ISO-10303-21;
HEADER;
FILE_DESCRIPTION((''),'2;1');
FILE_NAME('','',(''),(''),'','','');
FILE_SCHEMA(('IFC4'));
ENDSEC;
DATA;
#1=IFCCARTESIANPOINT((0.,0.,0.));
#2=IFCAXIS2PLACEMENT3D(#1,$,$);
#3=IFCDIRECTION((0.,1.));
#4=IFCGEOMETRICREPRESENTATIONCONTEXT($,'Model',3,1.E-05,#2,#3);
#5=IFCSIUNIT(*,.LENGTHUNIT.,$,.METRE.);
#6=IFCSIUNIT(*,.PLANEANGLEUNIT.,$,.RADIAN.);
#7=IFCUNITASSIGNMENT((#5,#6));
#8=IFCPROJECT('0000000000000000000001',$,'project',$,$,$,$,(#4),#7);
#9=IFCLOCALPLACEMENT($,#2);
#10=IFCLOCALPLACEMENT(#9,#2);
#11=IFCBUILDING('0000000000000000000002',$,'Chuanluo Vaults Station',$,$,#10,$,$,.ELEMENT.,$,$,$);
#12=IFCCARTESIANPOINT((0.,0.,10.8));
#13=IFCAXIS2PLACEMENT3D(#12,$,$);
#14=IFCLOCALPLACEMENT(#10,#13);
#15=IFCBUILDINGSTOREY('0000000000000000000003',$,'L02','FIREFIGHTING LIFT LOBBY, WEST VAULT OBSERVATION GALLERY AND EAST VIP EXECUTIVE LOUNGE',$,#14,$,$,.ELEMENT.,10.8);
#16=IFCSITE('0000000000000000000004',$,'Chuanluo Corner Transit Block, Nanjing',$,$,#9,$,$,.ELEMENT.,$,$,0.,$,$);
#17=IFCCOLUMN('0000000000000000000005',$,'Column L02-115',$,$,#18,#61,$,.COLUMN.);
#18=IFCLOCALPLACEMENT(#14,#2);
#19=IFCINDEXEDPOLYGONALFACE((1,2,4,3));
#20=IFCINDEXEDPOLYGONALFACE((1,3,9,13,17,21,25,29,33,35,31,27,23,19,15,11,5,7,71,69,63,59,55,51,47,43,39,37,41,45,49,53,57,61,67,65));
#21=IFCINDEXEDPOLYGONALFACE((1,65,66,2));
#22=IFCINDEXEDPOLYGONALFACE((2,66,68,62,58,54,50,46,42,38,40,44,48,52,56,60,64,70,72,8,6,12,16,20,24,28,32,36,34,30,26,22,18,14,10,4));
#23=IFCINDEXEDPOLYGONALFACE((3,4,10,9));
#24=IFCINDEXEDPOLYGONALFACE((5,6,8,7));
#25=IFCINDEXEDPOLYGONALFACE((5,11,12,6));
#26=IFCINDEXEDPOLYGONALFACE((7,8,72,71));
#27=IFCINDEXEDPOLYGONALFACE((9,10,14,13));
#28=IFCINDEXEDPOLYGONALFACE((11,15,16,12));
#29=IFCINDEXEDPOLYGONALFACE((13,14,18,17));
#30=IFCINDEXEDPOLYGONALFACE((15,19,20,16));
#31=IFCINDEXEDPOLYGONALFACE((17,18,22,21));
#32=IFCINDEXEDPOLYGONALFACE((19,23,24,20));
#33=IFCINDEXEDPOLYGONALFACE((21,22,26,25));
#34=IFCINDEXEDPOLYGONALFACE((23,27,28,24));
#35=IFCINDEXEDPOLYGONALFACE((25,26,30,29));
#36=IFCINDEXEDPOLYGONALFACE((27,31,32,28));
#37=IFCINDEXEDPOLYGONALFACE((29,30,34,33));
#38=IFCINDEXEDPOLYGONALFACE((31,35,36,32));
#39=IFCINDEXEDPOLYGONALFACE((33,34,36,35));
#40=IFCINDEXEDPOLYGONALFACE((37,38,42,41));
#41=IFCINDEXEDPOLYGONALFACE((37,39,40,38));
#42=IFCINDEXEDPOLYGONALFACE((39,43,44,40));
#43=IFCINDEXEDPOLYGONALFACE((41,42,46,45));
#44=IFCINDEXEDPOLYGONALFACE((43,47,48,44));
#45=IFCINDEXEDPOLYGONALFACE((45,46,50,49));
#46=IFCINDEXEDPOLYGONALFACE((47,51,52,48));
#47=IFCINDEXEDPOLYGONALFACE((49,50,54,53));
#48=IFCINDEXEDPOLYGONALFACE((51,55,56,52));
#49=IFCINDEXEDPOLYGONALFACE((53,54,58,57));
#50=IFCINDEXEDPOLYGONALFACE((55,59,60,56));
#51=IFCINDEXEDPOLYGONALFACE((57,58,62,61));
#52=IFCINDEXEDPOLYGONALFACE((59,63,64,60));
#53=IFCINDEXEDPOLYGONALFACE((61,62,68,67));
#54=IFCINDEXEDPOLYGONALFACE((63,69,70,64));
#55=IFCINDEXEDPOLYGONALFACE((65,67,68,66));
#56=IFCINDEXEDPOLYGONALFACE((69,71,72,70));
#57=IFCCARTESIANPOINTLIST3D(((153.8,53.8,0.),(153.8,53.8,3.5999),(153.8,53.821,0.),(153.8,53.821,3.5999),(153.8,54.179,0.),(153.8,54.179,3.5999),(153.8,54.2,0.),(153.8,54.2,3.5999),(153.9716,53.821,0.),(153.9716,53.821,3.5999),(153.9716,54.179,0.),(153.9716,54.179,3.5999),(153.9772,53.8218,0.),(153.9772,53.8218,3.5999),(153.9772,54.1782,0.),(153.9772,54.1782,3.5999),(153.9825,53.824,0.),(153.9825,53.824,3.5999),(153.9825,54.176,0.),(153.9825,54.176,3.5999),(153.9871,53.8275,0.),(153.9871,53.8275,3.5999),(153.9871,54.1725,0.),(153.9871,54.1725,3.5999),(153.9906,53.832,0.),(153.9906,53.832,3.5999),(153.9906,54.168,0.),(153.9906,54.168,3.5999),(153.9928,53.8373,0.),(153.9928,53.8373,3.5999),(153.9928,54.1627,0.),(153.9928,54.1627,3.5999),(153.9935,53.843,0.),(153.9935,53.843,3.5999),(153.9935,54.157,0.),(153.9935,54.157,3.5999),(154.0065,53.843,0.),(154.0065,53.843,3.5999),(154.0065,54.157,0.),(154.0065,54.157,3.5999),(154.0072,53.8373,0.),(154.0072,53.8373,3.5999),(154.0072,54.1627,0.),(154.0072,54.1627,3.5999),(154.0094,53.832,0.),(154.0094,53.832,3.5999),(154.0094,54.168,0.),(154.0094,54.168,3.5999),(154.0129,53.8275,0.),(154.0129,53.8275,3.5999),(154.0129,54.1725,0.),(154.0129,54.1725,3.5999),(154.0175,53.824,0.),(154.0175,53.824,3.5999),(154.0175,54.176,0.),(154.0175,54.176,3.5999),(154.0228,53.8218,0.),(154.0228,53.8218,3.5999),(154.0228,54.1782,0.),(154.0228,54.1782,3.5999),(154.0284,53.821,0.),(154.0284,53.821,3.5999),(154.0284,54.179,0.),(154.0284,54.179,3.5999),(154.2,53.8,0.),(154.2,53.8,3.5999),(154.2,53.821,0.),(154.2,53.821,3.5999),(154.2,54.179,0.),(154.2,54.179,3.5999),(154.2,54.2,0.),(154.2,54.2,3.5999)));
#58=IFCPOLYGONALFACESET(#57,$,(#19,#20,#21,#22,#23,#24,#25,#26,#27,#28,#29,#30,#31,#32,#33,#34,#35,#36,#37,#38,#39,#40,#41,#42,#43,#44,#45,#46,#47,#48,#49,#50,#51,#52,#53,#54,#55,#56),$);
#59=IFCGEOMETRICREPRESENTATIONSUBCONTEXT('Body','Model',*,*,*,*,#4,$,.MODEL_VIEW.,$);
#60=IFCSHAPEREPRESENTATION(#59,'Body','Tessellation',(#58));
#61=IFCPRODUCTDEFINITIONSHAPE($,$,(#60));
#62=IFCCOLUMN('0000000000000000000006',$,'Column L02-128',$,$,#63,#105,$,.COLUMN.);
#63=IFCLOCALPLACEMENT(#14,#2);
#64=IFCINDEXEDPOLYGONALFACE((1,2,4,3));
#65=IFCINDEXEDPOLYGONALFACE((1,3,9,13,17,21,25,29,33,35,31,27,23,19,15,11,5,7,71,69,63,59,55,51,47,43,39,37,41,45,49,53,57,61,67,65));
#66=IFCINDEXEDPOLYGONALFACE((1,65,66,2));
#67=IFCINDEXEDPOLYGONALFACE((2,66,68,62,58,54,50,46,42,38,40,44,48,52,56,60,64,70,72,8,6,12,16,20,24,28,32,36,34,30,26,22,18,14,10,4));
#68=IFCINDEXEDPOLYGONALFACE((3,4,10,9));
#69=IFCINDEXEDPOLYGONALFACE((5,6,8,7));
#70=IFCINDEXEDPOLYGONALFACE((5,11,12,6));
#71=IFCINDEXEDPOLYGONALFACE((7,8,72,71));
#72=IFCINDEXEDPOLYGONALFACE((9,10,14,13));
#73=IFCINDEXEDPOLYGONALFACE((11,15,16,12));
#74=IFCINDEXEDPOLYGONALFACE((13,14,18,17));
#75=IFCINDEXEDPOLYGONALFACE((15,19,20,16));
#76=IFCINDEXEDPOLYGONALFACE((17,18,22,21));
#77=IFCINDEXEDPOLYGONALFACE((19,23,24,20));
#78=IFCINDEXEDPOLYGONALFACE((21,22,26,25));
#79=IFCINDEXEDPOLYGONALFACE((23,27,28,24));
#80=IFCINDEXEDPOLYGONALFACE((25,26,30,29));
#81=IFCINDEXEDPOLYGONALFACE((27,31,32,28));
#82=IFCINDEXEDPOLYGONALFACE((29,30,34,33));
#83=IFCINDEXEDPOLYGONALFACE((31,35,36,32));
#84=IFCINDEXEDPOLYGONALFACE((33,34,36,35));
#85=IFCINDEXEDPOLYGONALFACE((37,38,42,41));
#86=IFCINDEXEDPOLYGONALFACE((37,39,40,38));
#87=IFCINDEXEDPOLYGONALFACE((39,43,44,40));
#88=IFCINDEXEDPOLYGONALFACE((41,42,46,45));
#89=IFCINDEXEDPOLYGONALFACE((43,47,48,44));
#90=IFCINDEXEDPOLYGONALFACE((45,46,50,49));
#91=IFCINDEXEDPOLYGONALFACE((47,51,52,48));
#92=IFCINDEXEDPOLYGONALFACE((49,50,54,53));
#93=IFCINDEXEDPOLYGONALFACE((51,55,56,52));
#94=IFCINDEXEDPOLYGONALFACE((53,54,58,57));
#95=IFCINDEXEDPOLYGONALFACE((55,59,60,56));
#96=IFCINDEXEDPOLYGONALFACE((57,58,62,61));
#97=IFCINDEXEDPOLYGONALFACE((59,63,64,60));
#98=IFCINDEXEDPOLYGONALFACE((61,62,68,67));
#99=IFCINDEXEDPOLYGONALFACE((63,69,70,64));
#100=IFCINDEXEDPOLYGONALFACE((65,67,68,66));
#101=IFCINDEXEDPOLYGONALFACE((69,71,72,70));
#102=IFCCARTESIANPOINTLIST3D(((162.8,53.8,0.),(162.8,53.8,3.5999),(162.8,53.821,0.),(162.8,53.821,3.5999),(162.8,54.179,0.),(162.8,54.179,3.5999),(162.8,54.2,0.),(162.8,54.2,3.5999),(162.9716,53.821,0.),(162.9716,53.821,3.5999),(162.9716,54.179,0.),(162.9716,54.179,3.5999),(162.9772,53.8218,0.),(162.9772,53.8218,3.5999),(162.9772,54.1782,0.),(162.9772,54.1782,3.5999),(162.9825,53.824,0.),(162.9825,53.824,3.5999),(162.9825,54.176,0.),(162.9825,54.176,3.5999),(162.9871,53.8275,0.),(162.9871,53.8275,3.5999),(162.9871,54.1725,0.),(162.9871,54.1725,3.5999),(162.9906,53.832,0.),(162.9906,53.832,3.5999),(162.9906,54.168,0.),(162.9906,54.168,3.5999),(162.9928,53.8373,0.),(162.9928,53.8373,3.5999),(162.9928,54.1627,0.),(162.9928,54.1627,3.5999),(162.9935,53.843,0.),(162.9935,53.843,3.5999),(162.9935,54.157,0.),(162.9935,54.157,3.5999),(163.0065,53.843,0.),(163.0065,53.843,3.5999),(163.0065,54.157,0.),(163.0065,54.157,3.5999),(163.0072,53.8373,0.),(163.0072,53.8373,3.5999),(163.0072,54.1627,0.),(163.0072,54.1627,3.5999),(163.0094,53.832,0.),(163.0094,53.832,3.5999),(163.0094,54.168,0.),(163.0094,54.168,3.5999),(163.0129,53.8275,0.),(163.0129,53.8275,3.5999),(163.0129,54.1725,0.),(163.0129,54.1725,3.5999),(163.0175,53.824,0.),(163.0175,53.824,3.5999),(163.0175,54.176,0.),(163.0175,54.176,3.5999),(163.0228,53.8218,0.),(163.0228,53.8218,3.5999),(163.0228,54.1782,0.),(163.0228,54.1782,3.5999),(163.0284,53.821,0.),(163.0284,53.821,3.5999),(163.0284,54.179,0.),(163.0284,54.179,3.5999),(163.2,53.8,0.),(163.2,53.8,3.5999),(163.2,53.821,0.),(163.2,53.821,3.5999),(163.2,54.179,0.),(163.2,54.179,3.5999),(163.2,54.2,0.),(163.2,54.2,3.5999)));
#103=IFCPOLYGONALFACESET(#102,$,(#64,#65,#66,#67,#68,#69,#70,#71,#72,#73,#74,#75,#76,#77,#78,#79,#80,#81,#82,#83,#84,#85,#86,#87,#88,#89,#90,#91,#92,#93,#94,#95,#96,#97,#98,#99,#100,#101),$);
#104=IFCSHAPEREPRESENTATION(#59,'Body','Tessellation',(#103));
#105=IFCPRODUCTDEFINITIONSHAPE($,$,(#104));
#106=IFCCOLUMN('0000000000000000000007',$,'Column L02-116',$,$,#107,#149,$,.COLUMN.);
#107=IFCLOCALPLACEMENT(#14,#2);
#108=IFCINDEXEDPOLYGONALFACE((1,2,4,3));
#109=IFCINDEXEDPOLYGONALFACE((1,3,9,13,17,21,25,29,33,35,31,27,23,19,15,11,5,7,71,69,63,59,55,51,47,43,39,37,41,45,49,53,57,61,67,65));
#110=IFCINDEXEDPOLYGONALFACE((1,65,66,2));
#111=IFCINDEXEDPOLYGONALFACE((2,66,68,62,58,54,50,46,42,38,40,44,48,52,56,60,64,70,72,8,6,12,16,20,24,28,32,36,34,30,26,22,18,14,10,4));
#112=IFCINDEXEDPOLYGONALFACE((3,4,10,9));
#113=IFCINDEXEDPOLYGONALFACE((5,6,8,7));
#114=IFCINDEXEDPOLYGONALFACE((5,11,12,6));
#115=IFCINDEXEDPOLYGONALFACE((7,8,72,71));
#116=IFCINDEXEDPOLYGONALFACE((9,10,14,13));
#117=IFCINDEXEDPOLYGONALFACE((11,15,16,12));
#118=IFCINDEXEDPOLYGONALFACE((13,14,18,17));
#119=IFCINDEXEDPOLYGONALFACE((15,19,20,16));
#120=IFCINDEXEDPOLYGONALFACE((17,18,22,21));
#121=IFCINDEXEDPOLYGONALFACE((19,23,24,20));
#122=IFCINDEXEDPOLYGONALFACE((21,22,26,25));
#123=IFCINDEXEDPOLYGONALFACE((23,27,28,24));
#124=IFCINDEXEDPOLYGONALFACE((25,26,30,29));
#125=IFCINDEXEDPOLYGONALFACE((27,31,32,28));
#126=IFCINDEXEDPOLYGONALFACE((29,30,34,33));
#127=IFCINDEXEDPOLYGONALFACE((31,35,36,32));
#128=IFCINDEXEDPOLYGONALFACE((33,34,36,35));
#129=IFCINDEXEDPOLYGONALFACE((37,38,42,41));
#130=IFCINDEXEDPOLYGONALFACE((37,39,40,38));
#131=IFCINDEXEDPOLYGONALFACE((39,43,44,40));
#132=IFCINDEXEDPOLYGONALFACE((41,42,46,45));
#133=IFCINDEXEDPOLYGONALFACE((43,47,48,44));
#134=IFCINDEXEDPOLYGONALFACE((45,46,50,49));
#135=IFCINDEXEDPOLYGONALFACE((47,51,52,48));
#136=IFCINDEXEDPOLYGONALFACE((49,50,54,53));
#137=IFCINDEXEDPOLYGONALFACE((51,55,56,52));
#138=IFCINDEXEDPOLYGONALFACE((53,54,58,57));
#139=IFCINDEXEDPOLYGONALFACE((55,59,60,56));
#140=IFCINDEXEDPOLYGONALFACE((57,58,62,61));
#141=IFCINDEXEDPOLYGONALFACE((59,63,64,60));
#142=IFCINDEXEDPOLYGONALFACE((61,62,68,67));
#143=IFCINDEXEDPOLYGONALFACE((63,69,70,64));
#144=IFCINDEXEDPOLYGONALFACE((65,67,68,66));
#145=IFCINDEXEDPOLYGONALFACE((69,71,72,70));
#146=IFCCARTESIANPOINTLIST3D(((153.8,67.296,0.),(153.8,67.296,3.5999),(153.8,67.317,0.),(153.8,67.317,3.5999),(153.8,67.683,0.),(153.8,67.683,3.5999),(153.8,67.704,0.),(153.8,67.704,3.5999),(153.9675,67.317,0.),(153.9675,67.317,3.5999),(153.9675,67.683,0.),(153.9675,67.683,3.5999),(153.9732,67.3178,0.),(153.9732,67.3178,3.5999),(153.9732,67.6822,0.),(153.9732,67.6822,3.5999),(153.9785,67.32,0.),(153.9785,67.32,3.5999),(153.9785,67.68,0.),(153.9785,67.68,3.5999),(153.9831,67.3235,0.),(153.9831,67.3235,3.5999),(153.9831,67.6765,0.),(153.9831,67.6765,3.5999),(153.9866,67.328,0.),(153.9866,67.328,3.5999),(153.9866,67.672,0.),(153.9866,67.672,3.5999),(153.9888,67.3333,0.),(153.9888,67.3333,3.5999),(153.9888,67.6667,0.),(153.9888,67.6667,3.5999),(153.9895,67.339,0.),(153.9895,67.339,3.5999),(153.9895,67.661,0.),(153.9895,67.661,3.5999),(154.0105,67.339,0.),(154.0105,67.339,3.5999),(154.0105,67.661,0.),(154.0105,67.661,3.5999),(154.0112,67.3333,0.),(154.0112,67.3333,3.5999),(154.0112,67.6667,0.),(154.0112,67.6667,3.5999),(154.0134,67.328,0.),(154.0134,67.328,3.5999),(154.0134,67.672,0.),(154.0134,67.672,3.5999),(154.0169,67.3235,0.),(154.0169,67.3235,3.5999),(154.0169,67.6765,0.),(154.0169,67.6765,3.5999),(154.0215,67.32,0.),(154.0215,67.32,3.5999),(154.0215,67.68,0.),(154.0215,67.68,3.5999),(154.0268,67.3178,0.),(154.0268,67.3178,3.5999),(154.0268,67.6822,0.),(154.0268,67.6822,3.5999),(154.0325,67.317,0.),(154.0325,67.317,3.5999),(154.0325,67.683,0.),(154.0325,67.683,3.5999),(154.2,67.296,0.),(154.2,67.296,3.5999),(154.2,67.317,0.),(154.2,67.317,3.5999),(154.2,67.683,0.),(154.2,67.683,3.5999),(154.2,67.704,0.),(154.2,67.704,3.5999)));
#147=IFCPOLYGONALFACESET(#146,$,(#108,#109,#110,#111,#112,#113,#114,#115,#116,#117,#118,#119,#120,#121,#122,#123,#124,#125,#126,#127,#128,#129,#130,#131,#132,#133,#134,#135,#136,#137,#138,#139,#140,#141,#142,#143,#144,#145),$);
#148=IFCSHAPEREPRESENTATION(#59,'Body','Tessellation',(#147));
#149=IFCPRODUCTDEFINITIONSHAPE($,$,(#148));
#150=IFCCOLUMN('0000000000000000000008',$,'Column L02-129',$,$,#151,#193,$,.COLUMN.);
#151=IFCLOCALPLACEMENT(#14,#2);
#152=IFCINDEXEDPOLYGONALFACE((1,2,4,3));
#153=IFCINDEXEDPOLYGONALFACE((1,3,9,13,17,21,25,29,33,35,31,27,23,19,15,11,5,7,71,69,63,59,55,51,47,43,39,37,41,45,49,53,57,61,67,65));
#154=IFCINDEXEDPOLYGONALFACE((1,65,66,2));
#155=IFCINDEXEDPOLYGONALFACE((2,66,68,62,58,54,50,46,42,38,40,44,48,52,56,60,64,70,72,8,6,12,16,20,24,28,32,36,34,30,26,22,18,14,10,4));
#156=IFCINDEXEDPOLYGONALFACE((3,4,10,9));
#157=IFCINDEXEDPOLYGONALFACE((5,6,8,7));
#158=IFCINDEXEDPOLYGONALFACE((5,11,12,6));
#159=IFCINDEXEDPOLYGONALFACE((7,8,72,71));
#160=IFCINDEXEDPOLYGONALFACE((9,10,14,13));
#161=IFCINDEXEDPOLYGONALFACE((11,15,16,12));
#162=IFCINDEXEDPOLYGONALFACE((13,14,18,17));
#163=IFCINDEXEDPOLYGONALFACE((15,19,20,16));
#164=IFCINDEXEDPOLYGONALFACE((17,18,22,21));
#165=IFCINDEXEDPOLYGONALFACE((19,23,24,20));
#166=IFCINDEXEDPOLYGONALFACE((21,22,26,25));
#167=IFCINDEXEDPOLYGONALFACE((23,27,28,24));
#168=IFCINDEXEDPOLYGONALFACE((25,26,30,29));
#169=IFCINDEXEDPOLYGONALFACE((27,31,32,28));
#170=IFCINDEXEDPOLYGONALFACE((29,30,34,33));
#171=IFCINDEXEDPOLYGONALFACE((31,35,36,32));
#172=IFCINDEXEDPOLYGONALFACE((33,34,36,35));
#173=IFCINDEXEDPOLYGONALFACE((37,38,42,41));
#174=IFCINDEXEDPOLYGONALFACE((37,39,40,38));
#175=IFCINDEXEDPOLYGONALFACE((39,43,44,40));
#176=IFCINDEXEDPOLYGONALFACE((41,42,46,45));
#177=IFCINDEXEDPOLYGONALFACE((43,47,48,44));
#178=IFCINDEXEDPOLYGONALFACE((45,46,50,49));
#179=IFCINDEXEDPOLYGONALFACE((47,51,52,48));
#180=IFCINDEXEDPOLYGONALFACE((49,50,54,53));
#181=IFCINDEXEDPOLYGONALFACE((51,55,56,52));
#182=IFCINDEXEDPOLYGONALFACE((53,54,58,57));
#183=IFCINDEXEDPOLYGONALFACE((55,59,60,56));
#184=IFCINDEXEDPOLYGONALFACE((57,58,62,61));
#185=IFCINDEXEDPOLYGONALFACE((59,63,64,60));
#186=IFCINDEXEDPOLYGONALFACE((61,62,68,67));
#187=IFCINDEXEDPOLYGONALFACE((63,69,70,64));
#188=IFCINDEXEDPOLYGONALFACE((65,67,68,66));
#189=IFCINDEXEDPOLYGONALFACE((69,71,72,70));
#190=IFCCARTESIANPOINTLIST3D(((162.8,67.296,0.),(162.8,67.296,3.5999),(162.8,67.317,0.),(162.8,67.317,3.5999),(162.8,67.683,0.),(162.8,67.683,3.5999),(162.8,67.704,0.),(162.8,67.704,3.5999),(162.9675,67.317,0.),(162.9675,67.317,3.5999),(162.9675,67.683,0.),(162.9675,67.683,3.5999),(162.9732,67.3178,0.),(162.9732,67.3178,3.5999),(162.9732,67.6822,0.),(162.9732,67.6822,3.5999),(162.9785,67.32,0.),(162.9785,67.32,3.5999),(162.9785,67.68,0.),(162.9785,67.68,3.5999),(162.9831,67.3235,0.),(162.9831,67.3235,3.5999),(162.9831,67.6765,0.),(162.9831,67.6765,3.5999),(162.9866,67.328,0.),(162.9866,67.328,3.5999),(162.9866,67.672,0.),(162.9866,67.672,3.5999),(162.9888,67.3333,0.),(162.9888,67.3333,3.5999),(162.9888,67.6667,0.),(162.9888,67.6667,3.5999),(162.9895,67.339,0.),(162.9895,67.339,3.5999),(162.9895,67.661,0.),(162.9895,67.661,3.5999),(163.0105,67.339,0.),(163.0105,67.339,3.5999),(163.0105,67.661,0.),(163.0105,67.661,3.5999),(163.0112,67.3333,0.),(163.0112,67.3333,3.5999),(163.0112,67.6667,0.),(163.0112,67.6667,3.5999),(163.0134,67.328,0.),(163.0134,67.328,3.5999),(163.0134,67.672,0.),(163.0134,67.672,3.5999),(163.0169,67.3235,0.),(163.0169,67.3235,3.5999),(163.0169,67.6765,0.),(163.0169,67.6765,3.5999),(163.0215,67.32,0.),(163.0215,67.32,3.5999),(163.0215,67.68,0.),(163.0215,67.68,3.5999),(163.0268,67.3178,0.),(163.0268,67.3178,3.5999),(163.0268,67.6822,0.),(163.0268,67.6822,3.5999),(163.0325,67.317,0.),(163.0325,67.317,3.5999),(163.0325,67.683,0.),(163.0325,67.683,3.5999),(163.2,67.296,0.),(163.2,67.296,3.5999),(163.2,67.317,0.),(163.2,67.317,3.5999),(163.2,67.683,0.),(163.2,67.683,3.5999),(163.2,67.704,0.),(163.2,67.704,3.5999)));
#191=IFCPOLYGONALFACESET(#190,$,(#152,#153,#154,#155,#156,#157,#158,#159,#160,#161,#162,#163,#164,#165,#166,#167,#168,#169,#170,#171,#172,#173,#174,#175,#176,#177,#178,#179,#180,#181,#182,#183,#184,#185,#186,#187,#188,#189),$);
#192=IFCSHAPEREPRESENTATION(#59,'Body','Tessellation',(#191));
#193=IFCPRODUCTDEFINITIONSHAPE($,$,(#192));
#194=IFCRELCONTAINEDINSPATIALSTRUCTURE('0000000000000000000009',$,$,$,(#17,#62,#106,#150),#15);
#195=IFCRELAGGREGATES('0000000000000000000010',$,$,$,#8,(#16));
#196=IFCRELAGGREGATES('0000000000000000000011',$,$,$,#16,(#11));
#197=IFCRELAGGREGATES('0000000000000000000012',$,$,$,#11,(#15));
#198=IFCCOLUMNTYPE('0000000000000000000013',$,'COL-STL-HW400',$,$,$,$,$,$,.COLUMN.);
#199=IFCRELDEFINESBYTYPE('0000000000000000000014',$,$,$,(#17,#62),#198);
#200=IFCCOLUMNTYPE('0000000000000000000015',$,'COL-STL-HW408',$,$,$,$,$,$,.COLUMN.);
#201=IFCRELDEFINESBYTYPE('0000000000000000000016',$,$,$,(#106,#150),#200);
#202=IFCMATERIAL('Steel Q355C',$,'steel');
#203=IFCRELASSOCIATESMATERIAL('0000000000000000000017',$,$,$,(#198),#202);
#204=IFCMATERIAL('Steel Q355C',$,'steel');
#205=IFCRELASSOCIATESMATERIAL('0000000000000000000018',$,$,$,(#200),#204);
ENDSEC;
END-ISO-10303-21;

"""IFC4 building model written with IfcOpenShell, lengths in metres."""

from ifc_helpers import new_model, si_unit, direction, frame, origin, origin_2d, place, context, subcontext, project, spatial, i_section, extrude, material, material_profile, profile_set, type_object, element, save


model = new_model("IFC4")

# Units and contexts
model_context = context("Model", 3, precision=1e-05, world=origin(), true_north=direction((0.0, 1.0)))
body_context = subcontext(model_context, "Body", "Model", "MODEL_VIEW")
ifc_project = project(units=[si_unit("LENGTHUNIT", "METRE"), si_unit("PLANEANGLEUNIT", "RADIAN")], contexts=[model_context])

# Site, building, storey
site_placement = place(None, origin())
site = spatial("IfcSite", under=ifc_project, at=site_placement, Name="Chuanluo Corner Transit Block, Nanjing", CompositionType="ELEMENT", RefElevation=0.0)
building_placement = place(site_placement, origin())
building = spatial("IfcBuilding", under=site, at=building_placement, Name="Chuanluo Vaults Station", CompositionType="ELEMENT")
storey_placement = place(building_placement, frame((0.0, 0.0, 10.8)))
storey = spatial("IfcBuildingStorey", under=building, at=storey_placement, Name="L02", Description="FIREFIGHTING LIFT LOBBY, WEST VAULT OBSERVATION GALLERY AND EAST VIP EXECUTIVE LOUNGE", CompositionType="ELEMENT", Elevation=10.8)

# Columns
ifc_material_1 = material(Name="Steel Q355C", Category="steel")
ifc_material_profile_1 = material_profile(ifc_material_1, i_section(OverallWidth=0.3999, OverallDepth=0.3999, WebThickness=0.0129, FlangeThickness=0.021, FilletRadius=0.022, at=origin_2d()))
ifc_profile_set_1 = profile_set([ifc_material_profile_1], Name="Steel Q355C")
column_type_1 = type_object("IfcColumnType", Name="COL-STL-HW400", PredefinedType="COLUMN", material=ifc_profile_set_1)
for number, where, z_axis, x_axis, name in (
    (1, (154.0, 54.0, 0.0), (0.0, 0.0, 1.0), (1.0, 0.0, 0.0), "Column L02-115"),
    (2, (163.0, 54.0, 0.0), (0.0, 0.0, 1.0), (1.0, 0.0, 0.0), "Column L02-128"),
):
    element("IfcColumn", number, at=place(storey_placement, frame(where, z_axis=z_axis, x_axis=x_axis)), inside=storey, type_object=column_type_1, Name=name, PredefinedType="COLUMN", context=body_context, shape_type="SweptSolid", body=[
        extrude(i_section(OverallWidth=0.3999, OverallDepth=0.3999, WebThickness=0.0129, FlangeThickness=0.021, FilletRadius=0.022, at=origin_2d()), origin(), (0.0, 0.0, 1.0), 3.5999),
    ])
ifc_material_2 = material(Name="Steel Q355C", Category="steel")
ifc_material_profile_2 = material_profile(ifc_material_2, i_section(OverallWidth=0.3999, OverallDepth=0.408, WebThickness=0.021, FlangeThickness=0.021, FilletRadius=0.022, at=origin_2d()))
ifc_profile_set_2 = profile_set([ifc_material_profile_2], Name="Steel Q355C")
column_type_2 = type_object("IfcColumnType", Name="COL-STL-HW408", PredefinedType="COLUMN", material=ifc_profile_set_2)
for number, where, z_axis, x_axis, name in (
    (3, (154.0, 67.5, 0.0), (0.0, 0.0, 1.0), (1.0, 0.0, 0.0), "Column L02-116"),
    (4, (163.0, 67.5, 0.0), (0.0, 0.0, 1.0), (1.0, 0.0, 0.0), "Column L02-129"),
):
    element("IfcColumn", number, at=place(storey_placement, frame(where, z_axis=z_axis, x_axis=x_axis)), inside=storey, type_object=column_type_2, Name=name, PredefinedType="COLUMN", context=body_context, shape_type="SweptSolid", body=[
        extrude(i_section(OverallWidth=0.3999, OverallDepth=0.408, WebThickness=0.021, FlangeThickness=0.021, FilletRadius=0.022, at=origin_2d()), origin(), (0.0, 0.0, 1.0), 3.5999),
    ])

save(model, "model.ifc")
